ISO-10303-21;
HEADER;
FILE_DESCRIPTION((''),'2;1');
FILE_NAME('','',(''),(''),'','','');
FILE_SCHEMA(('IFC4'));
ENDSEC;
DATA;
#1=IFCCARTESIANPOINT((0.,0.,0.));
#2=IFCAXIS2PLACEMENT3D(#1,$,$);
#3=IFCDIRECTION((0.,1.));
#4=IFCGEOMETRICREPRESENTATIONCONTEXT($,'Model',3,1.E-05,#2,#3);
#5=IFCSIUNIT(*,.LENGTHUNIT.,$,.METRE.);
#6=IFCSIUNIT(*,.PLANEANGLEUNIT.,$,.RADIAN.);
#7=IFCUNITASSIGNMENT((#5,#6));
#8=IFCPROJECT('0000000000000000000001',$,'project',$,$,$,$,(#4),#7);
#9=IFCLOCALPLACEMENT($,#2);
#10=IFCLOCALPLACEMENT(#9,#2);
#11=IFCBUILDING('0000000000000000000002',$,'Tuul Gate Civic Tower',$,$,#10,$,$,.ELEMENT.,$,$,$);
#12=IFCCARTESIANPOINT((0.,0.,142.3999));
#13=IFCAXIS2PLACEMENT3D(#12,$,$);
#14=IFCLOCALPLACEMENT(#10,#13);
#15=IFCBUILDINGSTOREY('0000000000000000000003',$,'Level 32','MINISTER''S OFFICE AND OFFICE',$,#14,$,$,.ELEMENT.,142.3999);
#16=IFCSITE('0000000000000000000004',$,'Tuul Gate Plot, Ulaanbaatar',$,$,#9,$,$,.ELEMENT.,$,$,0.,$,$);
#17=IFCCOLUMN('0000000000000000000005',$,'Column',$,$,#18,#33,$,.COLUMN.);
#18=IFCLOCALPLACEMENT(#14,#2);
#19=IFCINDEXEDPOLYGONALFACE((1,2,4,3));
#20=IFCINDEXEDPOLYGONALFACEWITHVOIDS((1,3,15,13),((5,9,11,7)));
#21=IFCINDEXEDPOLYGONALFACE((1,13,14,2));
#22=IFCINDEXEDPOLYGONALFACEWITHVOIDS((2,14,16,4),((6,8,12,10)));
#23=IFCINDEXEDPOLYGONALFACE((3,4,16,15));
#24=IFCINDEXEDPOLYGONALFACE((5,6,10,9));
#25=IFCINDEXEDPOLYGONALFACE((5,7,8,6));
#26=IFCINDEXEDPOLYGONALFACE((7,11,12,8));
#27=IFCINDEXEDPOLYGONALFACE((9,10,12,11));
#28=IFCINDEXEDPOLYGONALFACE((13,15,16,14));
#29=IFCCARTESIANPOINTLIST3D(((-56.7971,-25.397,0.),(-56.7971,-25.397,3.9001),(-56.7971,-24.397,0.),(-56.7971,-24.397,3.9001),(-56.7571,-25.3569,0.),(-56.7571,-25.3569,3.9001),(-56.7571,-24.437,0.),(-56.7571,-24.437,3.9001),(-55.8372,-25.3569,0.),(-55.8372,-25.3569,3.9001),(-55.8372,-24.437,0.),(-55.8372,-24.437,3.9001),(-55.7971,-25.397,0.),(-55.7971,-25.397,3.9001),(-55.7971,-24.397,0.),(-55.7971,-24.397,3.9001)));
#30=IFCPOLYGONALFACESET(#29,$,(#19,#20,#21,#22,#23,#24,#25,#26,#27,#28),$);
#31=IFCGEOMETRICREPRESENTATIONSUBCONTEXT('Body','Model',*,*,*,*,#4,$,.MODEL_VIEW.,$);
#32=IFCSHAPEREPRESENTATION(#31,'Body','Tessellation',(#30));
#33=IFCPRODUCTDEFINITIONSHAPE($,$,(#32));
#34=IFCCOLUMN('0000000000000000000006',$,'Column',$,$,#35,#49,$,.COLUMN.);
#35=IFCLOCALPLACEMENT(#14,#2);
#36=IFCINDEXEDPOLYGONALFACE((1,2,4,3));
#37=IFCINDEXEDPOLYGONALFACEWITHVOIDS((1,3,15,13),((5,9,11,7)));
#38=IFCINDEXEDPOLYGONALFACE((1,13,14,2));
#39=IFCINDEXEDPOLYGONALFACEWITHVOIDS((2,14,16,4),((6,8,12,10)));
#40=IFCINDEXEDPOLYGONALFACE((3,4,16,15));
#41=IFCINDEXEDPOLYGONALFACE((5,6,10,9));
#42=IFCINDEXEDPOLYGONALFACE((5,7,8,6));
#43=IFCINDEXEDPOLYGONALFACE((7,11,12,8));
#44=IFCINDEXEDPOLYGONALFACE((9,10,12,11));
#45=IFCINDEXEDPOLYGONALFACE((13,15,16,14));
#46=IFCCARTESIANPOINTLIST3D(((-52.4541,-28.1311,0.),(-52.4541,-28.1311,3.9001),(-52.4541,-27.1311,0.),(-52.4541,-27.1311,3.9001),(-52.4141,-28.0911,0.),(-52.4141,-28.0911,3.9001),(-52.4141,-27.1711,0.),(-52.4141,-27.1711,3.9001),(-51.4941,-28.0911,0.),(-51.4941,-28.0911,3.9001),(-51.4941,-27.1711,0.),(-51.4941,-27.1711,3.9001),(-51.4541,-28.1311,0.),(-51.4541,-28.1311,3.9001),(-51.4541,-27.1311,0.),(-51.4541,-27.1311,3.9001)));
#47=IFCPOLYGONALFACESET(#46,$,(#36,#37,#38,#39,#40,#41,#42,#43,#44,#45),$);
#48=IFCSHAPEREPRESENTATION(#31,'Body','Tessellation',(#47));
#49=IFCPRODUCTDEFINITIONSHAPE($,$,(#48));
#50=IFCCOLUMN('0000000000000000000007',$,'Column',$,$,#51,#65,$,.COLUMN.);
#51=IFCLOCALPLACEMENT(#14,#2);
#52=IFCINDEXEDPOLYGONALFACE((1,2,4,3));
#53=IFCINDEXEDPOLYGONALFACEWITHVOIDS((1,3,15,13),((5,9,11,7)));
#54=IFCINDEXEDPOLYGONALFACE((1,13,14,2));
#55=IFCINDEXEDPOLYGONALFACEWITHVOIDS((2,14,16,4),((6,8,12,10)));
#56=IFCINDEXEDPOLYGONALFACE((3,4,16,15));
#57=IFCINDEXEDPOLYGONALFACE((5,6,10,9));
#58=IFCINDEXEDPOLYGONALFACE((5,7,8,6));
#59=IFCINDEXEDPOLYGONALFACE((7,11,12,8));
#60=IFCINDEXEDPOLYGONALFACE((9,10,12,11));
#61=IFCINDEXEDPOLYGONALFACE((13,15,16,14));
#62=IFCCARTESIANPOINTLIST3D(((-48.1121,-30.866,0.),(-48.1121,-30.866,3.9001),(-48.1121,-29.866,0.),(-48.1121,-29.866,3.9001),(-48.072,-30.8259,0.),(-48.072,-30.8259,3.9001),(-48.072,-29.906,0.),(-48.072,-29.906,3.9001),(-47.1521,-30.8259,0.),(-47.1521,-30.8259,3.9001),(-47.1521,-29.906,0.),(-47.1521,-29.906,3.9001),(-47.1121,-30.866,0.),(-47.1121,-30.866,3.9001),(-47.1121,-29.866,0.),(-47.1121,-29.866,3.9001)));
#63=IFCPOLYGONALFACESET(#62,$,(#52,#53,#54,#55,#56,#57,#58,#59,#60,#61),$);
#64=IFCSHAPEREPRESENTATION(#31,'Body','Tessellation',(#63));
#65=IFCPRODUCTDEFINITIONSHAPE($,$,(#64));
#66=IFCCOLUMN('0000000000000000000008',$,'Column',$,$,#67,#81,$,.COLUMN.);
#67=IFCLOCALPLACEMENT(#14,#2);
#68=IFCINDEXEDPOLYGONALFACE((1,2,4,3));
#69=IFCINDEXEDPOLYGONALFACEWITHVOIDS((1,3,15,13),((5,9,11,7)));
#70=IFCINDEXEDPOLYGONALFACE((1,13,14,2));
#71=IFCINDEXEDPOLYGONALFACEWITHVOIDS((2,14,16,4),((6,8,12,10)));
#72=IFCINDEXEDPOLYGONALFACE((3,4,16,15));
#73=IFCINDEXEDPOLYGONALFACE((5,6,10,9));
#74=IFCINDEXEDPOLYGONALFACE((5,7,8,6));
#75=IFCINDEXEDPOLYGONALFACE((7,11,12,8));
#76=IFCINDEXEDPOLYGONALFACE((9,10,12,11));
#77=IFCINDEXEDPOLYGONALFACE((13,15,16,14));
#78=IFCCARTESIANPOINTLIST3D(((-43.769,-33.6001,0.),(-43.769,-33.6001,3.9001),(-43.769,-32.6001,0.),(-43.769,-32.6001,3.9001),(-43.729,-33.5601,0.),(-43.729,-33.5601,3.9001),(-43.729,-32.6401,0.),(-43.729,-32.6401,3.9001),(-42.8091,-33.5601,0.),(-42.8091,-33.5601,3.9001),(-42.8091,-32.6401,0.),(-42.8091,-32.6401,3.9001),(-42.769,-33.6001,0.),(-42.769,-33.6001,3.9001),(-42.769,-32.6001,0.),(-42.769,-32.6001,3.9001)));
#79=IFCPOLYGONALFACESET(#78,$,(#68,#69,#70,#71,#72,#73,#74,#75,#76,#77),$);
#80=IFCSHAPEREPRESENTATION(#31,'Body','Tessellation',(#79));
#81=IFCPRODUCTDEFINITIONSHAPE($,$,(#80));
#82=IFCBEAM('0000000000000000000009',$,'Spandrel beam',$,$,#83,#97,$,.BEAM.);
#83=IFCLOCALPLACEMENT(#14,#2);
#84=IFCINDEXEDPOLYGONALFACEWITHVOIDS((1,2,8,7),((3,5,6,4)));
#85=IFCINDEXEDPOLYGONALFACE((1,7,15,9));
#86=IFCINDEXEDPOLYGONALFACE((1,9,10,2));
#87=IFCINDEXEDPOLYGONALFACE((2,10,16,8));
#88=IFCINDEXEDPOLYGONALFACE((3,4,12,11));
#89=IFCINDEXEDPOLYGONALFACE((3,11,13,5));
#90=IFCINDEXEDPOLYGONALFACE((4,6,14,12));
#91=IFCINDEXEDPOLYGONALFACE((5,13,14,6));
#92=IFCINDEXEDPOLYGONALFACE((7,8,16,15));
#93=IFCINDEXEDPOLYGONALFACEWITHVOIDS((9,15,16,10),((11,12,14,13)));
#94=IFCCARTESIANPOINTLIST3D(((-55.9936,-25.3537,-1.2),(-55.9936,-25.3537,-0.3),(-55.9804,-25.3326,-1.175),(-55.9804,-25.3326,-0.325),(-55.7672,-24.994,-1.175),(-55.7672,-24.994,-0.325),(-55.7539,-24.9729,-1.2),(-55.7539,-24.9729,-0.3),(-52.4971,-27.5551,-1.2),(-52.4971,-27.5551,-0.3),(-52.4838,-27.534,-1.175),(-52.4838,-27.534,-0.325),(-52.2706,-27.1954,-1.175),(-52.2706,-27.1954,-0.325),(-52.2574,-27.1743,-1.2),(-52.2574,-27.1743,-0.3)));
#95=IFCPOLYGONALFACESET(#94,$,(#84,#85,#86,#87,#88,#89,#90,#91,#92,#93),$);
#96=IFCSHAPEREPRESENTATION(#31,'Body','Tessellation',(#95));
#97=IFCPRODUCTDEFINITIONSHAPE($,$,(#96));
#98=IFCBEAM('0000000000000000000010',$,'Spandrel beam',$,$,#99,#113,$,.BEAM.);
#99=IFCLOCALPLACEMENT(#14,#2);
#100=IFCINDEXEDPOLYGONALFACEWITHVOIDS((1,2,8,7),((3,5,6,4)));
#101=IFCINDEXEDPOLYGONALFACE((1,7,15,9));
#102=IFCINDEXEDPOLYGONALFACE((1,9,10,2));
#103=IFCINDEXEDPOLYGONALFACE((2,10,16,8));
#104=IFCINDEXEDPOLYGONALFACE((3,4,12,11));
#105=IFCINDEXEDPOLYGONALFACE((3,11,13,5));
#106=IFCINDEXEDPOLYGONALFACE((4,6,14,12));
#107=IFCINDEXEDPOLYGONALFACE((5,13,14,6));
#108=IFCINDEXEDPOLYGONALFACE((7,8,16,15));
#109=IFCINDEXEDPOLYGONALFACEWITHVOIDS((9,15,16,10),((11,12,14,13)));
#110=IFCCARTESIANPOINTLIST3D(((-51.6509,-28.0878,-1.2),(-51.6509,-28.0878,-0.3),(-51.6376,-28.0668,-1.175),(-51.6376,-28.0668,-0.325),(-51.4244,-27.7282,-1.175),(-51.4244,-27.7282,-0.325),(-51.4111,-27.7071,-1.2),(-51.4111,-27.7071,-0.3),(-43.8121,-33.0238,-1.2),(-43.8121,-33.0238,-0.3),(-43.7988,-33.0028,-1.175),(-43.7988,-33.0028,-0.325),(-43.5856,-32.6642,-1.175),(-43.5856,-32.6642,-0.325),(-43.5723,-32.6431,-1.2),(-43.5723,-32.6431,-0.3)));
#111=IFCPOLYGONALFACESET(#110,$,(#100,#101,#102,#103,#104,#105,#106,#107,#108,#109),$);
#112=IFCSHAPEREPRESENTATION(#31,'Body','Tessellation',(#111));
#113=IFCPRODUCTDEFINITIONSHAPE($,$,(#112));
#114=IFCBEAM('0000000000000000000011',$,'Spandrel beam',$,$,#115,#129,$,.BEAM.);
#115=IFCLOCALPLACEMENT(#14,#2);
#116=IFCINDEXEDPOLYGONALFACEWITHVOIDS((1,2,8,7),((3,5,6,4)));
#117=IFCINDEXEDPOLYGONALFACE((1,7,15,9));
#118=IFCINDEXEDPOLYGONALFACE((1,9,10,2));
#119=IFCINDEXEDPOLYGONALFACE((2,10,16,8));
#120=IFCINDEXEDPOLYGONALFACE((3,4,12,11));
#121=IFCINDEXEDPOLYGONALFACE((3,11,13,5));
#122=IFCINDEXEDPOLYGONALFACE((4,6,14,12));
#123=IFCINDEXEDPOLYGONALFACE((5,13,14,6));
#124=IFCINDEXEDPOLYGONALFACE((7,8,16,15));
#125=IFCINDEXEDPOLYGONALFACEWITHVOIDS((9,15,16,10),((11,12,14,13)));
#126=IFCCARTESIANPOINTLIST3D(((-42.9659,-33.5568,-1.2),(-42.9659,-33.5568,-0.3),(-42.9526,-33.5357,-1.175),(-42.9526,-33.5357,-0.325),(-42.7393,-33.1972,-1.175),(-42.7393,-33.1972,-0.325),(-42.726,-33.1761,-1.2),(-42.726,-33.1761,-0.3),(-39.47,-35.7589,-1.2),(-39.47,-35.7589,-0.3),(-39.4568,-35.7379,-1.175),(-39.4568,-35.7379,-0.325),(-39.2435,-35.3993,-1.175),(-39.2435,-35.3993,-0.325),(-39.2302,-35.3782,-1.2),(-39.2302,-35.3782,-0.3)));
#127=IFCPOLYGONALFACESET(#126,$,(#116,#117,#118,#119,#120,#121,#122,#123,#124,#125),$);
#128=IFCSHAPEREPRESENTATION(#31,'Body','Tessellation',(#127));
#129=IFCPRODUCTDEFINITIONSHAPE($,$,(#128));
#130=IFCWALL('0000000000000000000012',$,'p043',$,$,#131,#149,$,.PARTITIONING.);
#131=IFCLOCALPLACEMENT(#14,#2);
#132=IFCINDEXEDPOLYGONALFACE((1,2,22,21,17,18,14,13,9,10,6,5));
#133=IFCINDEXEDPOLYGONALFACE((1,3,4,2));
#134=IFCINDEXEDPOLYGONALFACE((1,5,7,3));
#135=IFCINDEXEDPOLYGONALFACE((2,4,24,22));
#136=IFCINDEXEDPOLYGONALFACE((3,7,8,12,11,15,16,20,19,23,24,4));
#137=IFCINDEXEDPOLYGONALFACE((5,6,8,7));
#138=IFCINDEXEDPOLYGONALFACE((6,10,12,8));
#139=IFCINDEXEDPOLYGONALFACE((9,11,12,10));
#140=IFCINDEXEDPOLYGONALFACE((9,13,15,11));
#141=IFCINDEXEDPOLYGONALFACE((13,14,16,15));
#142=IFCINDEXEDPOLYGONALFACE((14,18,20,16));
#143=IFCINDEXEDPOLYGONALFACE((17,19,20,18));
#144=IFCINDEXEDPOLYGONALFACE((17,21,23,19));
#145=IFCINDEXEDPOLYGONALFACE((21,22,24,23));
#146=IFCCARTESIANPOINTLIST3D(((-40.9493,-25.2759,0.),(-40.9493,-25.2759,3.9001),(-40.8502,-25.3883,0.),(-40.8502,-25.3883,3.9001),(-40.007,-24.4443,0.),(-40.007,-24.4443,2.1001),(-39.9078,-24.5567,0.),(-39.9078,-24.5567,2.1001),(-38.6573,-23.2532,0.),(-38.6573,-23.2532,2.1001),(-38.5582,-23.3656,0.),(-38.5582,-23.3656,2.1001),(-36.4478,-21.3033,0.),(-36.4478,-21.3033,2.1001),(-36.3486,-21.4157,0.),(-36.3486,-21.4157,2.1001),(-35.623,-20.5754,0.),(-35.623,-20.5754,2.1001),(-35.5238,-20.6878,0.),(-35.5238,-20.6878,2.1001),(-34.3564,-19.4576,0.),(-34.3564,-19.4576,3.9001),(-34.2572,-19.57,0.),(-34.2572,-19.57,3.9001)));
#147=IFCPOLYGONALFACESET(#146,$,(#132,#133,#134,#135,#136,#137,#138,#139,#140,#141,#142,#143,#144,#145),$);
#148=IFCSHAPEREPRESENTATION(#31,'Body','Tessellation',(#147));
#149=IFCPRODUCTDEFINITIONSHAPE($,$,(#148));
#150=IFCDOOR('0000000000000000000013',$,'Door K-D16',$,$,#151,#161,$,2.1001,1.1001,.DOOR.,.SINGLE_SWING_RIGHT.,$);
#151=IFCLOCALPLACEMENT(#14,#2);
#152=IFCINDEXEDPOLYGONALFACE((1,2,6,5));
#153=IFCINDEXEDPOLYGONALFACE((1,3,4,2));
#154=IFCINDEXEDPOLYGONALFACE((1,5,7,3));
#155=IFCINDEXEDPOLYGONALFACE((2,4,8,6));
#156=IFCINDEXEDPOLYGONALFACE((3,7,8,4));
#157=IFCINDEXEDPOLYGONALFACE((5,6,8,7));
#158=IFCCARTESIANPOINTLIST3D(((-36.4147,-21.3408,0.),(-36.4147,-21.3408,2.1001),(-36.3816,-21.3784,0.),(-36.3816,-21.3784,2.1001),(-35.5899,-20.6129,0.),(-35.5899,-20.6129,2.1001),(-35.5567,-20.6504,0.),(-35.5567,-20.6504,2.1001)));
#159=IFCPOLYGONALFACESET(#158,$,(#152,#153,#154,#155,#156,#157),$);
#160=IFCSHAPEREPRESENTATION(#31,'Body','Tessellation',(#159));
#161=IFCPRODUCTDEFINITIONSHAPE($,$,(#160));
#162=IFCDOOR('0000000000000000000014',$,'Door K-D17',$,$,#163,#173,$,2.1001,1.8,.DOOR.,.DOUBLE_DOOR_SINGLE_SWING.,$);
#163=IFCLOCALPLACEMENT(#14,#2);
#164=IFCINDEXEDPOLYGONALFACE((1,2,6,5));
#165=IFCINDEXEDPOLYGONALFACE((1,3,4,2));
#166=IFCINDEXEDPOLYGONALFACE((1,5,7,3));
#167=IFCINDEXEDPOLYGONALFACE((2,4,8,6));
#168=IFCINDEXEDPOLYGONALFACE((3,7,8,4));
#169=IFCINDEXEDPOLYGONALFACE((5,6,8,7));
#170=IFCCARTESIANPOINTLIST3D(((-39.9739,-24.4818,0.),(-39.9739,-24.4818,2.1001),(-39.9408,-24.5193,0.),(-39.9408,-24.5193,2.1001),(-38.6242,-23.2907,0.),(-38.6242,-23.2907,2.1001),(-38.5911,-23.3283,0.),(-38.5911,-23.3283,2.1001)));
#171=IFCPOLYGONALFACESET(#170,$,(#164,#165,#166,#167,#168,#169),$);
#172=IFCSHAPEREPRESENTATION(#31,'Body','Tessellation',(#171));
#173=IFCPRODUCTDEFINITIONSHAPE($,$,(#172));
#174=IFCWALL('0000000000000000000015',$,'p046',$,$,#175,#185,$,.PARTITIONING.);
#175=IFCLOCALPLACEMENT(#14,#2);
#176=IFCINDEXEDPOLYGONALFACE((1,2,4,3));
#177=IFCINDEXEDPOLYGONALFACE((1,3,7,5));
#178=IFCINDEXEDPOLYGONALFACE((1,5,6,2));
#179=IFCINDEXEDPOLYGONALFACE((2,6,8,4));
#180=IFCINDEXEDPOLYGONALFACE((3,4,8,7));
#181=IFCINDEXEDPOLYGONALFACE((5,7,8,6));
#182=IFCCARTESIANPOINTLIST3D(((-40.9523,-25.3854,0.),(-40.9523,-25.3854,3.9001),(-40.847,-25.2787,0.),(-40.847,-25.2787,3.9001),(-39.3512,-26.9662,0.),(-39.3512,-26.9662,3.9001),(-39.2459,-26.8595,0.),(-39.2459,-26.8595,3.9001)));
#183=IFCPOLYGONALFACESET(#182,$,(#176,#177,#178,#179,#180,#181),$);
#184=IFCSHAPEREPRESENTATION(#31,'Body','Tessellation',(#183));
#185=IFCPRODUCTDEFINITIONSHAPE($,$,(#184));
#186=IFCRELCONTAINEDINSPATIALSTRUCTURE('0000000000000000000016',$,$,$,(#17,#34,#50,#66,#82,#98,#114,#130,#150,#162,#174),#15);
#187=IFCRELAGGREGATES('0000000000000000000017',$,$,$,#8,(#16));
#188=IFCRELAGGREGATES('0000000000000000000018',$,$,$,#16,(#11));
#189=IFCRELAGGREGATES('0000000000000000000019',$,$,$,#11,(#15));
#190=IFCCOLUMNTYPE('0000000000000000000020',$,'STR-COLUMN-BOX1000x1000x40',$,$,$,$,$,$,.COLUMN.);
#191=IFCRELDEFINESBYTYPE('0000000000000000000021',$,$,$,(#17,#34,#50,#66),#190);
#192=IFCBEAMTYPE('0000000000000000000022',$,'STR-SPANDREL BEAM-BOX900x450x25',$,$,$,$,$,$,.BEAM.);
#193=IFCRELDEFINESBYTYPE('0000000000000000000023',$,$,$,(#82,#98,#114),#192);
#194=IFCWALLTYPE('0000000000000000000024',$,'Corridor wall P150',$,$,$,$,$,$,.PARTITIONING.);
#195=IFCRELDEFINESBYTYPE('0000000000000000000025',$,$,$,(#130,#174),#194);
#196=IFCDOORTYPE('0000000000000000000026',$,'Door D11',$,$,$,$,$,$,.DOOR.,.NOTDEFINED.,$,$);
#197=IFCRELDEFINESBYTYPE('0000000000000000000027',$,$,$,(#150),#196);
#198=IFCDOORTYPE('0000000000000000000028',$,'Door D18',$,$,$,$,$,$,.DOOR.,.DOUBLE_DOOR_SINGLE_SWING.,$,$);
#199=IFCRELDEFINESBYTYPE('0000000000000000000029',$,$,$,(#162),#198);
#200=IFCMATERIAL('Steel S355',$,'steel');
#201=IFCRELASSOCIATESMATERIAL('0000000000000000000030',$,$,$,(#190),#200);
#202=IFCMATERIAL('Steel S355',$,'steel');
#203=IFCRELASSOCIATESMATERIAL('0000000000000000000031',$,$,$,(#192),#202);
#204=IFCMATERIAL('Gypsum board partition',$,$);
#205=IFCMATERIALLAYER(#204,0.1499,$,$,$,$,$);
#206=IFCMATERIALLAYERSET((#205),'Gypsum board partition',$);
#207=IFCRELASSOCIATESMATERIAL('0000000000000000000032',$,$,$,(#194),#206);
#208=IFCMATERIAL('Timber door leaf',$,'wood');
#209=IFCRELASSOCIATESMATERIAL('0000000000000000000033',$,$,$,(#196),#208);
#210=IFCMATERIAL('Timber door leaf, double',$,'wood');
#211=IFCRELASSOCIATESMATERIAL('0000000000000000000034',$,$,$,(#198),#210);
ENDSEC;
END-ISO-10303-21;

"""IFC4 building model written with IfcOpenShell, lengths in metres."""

from ifc_helpers import new_model, si_unit, direction, frame, frame_2d, origin, origin_2d, place, context, subcontext, project, spatial, rectangle, hollow_rectangle, extrude, material, layer, layer_set, material_profile, profile_set, type_object, element, fill, save


model = new_model("IFC4")

# Units and contexts
model_context = context("Model", 3, precision=1e-05, world=origin(), true_north=direction((0.0, 1.0)))
body_context = subcontext(model_context, "Body", "Model", "MODEL_VIEW")
ifc_project = project(units=[si_unit("LENGTHUNIT", "METRE"), si_unit("PLANEANGLEUNIT", "RADIAN")], contexts=[model_context])

# Site, building, storey
site_placement = place(None, origin())
site = spatial("IfcSite", under=ifc_project, at=site_placement, Name="Tuul Gate Plot, Ulaanbaatar", CompositionType="ELEMENT", RefElevation=0.0)
building_placement = place(site_placement, origin())
building = spatial("IfcBuilding", under=site, at=building_placement, Name="Tuul Gate Civic Tower", CompositionType="ELEMENT")
storey_placement = place(building_placement, frame((0.0, 0.0, 142.3999)))
storey = spatial("IfcBuildingStorey", under=building, at=storey_placement, Name="Level 32", Description="MINISTER'S OFFICE AND OFFICE", CompositionType="ELEMENT", Elevation=142.3999)

# Columns
ifc_material_1 = material(Name="Steel S355", Category="steel")
ifc_material_profile_1 = material_profile(ifc_material_1, hollow_rectangle(XDim=1.0, YDim=1.0, WallThickness=0.04, at=origin_2d()), Name="BOX1000x1000x40")
ifc_profile_set_1 = profile_set([ifc_material_profile_1], Name="Steel S355")
column_type = type_object("IfcColumnType", Name="STR-COLUMN-BOX1000x1000x40", PredefinedType="COLUMN", material=ifc_profile_set_1)
for number, where, z_axis, x_axis, name in (
    (1, (-56.2971, -24.897, 0.0), (0.0, 0.0, 1.0), (1.0, 0.0, 0.0), "Column"),
    (2, (-51.9541, -27.6311, 0.0), (0.0, 0.0, 1.0), (1.0, 0.0, 0.0), "Column"),
    (3, (-47.6121, -30.366, 0.0), (0.0, 0.0, 1.0), (1.0, 0.0, 0.0), "Column"),
    (4, (-43.269, -33.1001, 0.0), (0.0, 0.0, 1.0), (1.0, 0.0, 0.0), "Column"),
):
    element("IfcColumn", number, at=place(storey_placement, frame(where, z_axis=z_axis, x_axis=x_axis)), inside=storey, type_object=column_type, Name=name, PredefinedType="COLUMN", context=body_context, shape_type="SweptSolid", body=[
        extrude(hollow_rectangle(XDim=1.0, YDim=1.0, WallThickness=0.04, at=origin_2d()), origin(), (0.0, 0.0, 1.0), 3.9001),
    ])

# Beams
ifc_material_2 = material(Name="Steel S355", Category="steel")
ifc_material_profile_2 = material_profile(ifc_material_2, hollow_rectangle(XDim=0.45, YDim=0.8999, WallThickness=0.0249, at=origin_2d()), Name="BOX900x450x25")
ifc_profile_set_2 = profile_set([ifc_material_profile_2], Name="Steel S355")
beam_type = type_object("IfcBeamType", Name="STR-SPANDREL BEAM-BOX900x450x25", PredefinedType="BEAM", material=ifc_profile_set_2)
beam_1_placement = place(storey_placement, frame((-55.8738, -25.1633, -0.75), z_axis=(0.846248, -0.53279, 0.0), x_axis=(0.53279, 0.846248, 0.0)))
element("IfcBeam", 5, at=beam_1_placement, inside=storey, type_object=beam_type, Name="Spandrel beam", PredefinedType="BEAM", context=body_context, shape_type="SweptSolid", body=[
    extrude(hollow_rectangle(XDim=0.45, YDim=0.8999, WallThickness=0.0249, at=origin_2d()), origin(), (0.0, 0.0, 1.0), 4.1318),
])
beam_2_placement = place(storey_placement, frame((-51.531, -27.8975, -0.75), z_axis=(0.846211, -0.532848, 0.0), x_axis=(0.532848, 0.846211, 0.0)))
element("IfcBeam", 6, at=beam_2_placement, inside=storey, type_object=beam_type, Name="Spandrel beam", PredefinedType="BEAM", context=body_context, shape_type="SweptSolid", body=[
    extrude(hollow_rectangle(XDim=0.45, YDim=0.8999, WallThickness=0.0249, at=origin_2d()), origin(), (0.0, 0.0, 1.0), 9.2634),
])
beam_3_placement = place(storey_placement, frame((-42.8459, -33.3665, -0.75), z_axis=(0.846117, -0.532997, 0.0), x_axis=(0.532997, 0.846117, 0.0)))
element("IfcBeam", 7, at=beam_3_placement, inside=storey, type_object=beam_type, Name="Spandrel beam", PredefinedType="BEAM", context=body_context, shape_type="SweptSolid", body=[
    extrude(hollow_rectangle(XDim=0.45, YDim=0.8999, WallThickness=0.0249, at=origin_2d()), origin(), (0.0, 0.0, 1.0), 4.1316),
])

# Wall, openings, doors
ifc_material_3 = material(Name="Gypsum board partition")
ifc_layer_1 = layer(ifc_material_3, 0.1499)
ifc_layer_set_1 = layer_set([ifc_layer_1], Name="Gypsum board partition")
wall_type_1 = type_object("IfcWallType", Name="Corridor wall P150", PredefinedType="PARTITIONING", material=ifc_layer_set_1)
wall_1_placement = place(storey_placement, frame((-40.8997, -25.332, 0.0), z_axis=(0.0, 0.0, 1.0), x_axis=(0.749782, 0.661685, 0.0)))
wall_1 = element("IfcWall", 8, at=wall_1_placement, inside=storey, type_object=wall_type_1, Name="p043", PredefinedType="PARTITIONING", context=body_context, shape_type="SweptSolid", body=[
    extrude(rectangle(XDim=8.7932, YDim=0.1499, at=frame_2d((4.3965, 0.0))), origin(), (0.0, 0.0, 1.0), 3.9001),
])
opening_1_placement = place(wall_1_placement, frame((6.0037, 0.0, 0.0)))
opening_1 = element("IfcOpeningElement", 9, at=opening_1_placement, cuts=wall_1, PredefinedType="OPENING", context=body_context, shape_type="SweptSolid", body=[
    extrude(rectangle(XDim=1.1001, YDim=2.1001, at=frame_2d((0.55, 1.05))), frame((0.0, 0.085, 0.0), z_axis=(0.0, -1.0, 0.0), x_axis=(1.0, 0.0, 0.0)), (0.0, 0.0, 1.0), 0.1699),
])
opening_2_placement = place(wall_1_placement, frame((1.2568, 0.0, 0.0)))
opening_2 = element("IfcOpeningElement", 10, at=opening_2_placement, cuts=wall_1, PredefinedType="OPENING", context=body_context, shape_type="SweptSolid", body=[
    extrude(rectangle(XDim=1.8, YDim=2.1001, at=frame_2d((0.8999, 1.05))), frame((0.0, 0.085, 0.0), z_axis=(0.0, -1.0, 0.0), x_axis=(1.0, 0.0, 0.0)), (0.0, 0.0, 1.0), 0.1699),
])
ifc_material_4 = material(Name="Timber door leaf", Category="wood")
door_type_1 = type_object("IfcDoorType", Name="Door D11", OperationType="NOTDEFINED", PredefinedType="DOOR", material=ifc_material_4)
door_1_placement = place(opening_1_placement, origin())
door_1 = element("IfcDoor", 11, at=door_1_placement, inside=storey, type_object=door_type_1, Name="Door K-D16", OperationType="SINGLE_SWING_RIGHT", OverallHeight=2.1001, OverallWidth=1.1001, PredefinedType="DOOR", context=body_context, shape_type="SweptSolid", body=[
    extrude(rectangle(XDim=1.1001, YDim=2.1001, at=frame_2d((0.55, 1.05))), frame((0.0, 0.0249, 0.0), z_axis=(0.0, -1.0, 0.0), x_axis=(1.0, 0.0, 0.0)), (0.0, 0.0, 1.0), 0.05),
])
fill(opening_1, door_1)
ifc_material_5 = material(Name="Timber door leaf, double", Category="wood")
door_type_2 = type_object("IfcDoorType", Name="Door D18", OperationType="DOUBLE_DOOR_SINGLE_SWING", PredefinedType="DOOR", material=ifc_material_5)
door_2_placement = place(opening_2_placement, origin())
door_2 = element("IfcDoor", 12, at=door_2_placement, inside=storey, type_object=door_type_2, Name="Door K-D17", OperationType="DOUBLE_DOOR_SINGLE_SWING", OverallHeight=2.1001, OverallWidth=1.8, PredefinedType="DOOR", context=body_context, shape_type="SweptSolid", body=[
    extrude(rectangle(XDim=1.8, YDim=2.1001, at=frame_2d((0.8999, 1.05))), frame((0.0, 0.0249, 0.0), z_axis=(0.0, -1.0, 0.0), x_axis=(1.0, 0.0, 0.0)), (0.0, 0.0, 1.0), 0.05),
])
fill(opening_2, door_2)

# Wall
wall_2_placement = place(storey_placement, frame((-40.8997, -25.332, 0.0), z_axis=(0.0, 0.0, 1.0), x_axis=(0.711596, -0.702589, 0.0)))
element("IfcWall", 13, at=wall_2_placement, inside=storey, type_object=wall_type_1, Name="p046", PredefinedType="PARTITIONING", context=body_context, shape_type="SweptSolid", body=[
    extrude(rectangle(XDim=2.25, YDim=0.1499, at=frame_2d((1.125, 0.0))), origin(), (0.0, 0.0, 1.0), 3.9001),
])

save(model, "model.ifc")
